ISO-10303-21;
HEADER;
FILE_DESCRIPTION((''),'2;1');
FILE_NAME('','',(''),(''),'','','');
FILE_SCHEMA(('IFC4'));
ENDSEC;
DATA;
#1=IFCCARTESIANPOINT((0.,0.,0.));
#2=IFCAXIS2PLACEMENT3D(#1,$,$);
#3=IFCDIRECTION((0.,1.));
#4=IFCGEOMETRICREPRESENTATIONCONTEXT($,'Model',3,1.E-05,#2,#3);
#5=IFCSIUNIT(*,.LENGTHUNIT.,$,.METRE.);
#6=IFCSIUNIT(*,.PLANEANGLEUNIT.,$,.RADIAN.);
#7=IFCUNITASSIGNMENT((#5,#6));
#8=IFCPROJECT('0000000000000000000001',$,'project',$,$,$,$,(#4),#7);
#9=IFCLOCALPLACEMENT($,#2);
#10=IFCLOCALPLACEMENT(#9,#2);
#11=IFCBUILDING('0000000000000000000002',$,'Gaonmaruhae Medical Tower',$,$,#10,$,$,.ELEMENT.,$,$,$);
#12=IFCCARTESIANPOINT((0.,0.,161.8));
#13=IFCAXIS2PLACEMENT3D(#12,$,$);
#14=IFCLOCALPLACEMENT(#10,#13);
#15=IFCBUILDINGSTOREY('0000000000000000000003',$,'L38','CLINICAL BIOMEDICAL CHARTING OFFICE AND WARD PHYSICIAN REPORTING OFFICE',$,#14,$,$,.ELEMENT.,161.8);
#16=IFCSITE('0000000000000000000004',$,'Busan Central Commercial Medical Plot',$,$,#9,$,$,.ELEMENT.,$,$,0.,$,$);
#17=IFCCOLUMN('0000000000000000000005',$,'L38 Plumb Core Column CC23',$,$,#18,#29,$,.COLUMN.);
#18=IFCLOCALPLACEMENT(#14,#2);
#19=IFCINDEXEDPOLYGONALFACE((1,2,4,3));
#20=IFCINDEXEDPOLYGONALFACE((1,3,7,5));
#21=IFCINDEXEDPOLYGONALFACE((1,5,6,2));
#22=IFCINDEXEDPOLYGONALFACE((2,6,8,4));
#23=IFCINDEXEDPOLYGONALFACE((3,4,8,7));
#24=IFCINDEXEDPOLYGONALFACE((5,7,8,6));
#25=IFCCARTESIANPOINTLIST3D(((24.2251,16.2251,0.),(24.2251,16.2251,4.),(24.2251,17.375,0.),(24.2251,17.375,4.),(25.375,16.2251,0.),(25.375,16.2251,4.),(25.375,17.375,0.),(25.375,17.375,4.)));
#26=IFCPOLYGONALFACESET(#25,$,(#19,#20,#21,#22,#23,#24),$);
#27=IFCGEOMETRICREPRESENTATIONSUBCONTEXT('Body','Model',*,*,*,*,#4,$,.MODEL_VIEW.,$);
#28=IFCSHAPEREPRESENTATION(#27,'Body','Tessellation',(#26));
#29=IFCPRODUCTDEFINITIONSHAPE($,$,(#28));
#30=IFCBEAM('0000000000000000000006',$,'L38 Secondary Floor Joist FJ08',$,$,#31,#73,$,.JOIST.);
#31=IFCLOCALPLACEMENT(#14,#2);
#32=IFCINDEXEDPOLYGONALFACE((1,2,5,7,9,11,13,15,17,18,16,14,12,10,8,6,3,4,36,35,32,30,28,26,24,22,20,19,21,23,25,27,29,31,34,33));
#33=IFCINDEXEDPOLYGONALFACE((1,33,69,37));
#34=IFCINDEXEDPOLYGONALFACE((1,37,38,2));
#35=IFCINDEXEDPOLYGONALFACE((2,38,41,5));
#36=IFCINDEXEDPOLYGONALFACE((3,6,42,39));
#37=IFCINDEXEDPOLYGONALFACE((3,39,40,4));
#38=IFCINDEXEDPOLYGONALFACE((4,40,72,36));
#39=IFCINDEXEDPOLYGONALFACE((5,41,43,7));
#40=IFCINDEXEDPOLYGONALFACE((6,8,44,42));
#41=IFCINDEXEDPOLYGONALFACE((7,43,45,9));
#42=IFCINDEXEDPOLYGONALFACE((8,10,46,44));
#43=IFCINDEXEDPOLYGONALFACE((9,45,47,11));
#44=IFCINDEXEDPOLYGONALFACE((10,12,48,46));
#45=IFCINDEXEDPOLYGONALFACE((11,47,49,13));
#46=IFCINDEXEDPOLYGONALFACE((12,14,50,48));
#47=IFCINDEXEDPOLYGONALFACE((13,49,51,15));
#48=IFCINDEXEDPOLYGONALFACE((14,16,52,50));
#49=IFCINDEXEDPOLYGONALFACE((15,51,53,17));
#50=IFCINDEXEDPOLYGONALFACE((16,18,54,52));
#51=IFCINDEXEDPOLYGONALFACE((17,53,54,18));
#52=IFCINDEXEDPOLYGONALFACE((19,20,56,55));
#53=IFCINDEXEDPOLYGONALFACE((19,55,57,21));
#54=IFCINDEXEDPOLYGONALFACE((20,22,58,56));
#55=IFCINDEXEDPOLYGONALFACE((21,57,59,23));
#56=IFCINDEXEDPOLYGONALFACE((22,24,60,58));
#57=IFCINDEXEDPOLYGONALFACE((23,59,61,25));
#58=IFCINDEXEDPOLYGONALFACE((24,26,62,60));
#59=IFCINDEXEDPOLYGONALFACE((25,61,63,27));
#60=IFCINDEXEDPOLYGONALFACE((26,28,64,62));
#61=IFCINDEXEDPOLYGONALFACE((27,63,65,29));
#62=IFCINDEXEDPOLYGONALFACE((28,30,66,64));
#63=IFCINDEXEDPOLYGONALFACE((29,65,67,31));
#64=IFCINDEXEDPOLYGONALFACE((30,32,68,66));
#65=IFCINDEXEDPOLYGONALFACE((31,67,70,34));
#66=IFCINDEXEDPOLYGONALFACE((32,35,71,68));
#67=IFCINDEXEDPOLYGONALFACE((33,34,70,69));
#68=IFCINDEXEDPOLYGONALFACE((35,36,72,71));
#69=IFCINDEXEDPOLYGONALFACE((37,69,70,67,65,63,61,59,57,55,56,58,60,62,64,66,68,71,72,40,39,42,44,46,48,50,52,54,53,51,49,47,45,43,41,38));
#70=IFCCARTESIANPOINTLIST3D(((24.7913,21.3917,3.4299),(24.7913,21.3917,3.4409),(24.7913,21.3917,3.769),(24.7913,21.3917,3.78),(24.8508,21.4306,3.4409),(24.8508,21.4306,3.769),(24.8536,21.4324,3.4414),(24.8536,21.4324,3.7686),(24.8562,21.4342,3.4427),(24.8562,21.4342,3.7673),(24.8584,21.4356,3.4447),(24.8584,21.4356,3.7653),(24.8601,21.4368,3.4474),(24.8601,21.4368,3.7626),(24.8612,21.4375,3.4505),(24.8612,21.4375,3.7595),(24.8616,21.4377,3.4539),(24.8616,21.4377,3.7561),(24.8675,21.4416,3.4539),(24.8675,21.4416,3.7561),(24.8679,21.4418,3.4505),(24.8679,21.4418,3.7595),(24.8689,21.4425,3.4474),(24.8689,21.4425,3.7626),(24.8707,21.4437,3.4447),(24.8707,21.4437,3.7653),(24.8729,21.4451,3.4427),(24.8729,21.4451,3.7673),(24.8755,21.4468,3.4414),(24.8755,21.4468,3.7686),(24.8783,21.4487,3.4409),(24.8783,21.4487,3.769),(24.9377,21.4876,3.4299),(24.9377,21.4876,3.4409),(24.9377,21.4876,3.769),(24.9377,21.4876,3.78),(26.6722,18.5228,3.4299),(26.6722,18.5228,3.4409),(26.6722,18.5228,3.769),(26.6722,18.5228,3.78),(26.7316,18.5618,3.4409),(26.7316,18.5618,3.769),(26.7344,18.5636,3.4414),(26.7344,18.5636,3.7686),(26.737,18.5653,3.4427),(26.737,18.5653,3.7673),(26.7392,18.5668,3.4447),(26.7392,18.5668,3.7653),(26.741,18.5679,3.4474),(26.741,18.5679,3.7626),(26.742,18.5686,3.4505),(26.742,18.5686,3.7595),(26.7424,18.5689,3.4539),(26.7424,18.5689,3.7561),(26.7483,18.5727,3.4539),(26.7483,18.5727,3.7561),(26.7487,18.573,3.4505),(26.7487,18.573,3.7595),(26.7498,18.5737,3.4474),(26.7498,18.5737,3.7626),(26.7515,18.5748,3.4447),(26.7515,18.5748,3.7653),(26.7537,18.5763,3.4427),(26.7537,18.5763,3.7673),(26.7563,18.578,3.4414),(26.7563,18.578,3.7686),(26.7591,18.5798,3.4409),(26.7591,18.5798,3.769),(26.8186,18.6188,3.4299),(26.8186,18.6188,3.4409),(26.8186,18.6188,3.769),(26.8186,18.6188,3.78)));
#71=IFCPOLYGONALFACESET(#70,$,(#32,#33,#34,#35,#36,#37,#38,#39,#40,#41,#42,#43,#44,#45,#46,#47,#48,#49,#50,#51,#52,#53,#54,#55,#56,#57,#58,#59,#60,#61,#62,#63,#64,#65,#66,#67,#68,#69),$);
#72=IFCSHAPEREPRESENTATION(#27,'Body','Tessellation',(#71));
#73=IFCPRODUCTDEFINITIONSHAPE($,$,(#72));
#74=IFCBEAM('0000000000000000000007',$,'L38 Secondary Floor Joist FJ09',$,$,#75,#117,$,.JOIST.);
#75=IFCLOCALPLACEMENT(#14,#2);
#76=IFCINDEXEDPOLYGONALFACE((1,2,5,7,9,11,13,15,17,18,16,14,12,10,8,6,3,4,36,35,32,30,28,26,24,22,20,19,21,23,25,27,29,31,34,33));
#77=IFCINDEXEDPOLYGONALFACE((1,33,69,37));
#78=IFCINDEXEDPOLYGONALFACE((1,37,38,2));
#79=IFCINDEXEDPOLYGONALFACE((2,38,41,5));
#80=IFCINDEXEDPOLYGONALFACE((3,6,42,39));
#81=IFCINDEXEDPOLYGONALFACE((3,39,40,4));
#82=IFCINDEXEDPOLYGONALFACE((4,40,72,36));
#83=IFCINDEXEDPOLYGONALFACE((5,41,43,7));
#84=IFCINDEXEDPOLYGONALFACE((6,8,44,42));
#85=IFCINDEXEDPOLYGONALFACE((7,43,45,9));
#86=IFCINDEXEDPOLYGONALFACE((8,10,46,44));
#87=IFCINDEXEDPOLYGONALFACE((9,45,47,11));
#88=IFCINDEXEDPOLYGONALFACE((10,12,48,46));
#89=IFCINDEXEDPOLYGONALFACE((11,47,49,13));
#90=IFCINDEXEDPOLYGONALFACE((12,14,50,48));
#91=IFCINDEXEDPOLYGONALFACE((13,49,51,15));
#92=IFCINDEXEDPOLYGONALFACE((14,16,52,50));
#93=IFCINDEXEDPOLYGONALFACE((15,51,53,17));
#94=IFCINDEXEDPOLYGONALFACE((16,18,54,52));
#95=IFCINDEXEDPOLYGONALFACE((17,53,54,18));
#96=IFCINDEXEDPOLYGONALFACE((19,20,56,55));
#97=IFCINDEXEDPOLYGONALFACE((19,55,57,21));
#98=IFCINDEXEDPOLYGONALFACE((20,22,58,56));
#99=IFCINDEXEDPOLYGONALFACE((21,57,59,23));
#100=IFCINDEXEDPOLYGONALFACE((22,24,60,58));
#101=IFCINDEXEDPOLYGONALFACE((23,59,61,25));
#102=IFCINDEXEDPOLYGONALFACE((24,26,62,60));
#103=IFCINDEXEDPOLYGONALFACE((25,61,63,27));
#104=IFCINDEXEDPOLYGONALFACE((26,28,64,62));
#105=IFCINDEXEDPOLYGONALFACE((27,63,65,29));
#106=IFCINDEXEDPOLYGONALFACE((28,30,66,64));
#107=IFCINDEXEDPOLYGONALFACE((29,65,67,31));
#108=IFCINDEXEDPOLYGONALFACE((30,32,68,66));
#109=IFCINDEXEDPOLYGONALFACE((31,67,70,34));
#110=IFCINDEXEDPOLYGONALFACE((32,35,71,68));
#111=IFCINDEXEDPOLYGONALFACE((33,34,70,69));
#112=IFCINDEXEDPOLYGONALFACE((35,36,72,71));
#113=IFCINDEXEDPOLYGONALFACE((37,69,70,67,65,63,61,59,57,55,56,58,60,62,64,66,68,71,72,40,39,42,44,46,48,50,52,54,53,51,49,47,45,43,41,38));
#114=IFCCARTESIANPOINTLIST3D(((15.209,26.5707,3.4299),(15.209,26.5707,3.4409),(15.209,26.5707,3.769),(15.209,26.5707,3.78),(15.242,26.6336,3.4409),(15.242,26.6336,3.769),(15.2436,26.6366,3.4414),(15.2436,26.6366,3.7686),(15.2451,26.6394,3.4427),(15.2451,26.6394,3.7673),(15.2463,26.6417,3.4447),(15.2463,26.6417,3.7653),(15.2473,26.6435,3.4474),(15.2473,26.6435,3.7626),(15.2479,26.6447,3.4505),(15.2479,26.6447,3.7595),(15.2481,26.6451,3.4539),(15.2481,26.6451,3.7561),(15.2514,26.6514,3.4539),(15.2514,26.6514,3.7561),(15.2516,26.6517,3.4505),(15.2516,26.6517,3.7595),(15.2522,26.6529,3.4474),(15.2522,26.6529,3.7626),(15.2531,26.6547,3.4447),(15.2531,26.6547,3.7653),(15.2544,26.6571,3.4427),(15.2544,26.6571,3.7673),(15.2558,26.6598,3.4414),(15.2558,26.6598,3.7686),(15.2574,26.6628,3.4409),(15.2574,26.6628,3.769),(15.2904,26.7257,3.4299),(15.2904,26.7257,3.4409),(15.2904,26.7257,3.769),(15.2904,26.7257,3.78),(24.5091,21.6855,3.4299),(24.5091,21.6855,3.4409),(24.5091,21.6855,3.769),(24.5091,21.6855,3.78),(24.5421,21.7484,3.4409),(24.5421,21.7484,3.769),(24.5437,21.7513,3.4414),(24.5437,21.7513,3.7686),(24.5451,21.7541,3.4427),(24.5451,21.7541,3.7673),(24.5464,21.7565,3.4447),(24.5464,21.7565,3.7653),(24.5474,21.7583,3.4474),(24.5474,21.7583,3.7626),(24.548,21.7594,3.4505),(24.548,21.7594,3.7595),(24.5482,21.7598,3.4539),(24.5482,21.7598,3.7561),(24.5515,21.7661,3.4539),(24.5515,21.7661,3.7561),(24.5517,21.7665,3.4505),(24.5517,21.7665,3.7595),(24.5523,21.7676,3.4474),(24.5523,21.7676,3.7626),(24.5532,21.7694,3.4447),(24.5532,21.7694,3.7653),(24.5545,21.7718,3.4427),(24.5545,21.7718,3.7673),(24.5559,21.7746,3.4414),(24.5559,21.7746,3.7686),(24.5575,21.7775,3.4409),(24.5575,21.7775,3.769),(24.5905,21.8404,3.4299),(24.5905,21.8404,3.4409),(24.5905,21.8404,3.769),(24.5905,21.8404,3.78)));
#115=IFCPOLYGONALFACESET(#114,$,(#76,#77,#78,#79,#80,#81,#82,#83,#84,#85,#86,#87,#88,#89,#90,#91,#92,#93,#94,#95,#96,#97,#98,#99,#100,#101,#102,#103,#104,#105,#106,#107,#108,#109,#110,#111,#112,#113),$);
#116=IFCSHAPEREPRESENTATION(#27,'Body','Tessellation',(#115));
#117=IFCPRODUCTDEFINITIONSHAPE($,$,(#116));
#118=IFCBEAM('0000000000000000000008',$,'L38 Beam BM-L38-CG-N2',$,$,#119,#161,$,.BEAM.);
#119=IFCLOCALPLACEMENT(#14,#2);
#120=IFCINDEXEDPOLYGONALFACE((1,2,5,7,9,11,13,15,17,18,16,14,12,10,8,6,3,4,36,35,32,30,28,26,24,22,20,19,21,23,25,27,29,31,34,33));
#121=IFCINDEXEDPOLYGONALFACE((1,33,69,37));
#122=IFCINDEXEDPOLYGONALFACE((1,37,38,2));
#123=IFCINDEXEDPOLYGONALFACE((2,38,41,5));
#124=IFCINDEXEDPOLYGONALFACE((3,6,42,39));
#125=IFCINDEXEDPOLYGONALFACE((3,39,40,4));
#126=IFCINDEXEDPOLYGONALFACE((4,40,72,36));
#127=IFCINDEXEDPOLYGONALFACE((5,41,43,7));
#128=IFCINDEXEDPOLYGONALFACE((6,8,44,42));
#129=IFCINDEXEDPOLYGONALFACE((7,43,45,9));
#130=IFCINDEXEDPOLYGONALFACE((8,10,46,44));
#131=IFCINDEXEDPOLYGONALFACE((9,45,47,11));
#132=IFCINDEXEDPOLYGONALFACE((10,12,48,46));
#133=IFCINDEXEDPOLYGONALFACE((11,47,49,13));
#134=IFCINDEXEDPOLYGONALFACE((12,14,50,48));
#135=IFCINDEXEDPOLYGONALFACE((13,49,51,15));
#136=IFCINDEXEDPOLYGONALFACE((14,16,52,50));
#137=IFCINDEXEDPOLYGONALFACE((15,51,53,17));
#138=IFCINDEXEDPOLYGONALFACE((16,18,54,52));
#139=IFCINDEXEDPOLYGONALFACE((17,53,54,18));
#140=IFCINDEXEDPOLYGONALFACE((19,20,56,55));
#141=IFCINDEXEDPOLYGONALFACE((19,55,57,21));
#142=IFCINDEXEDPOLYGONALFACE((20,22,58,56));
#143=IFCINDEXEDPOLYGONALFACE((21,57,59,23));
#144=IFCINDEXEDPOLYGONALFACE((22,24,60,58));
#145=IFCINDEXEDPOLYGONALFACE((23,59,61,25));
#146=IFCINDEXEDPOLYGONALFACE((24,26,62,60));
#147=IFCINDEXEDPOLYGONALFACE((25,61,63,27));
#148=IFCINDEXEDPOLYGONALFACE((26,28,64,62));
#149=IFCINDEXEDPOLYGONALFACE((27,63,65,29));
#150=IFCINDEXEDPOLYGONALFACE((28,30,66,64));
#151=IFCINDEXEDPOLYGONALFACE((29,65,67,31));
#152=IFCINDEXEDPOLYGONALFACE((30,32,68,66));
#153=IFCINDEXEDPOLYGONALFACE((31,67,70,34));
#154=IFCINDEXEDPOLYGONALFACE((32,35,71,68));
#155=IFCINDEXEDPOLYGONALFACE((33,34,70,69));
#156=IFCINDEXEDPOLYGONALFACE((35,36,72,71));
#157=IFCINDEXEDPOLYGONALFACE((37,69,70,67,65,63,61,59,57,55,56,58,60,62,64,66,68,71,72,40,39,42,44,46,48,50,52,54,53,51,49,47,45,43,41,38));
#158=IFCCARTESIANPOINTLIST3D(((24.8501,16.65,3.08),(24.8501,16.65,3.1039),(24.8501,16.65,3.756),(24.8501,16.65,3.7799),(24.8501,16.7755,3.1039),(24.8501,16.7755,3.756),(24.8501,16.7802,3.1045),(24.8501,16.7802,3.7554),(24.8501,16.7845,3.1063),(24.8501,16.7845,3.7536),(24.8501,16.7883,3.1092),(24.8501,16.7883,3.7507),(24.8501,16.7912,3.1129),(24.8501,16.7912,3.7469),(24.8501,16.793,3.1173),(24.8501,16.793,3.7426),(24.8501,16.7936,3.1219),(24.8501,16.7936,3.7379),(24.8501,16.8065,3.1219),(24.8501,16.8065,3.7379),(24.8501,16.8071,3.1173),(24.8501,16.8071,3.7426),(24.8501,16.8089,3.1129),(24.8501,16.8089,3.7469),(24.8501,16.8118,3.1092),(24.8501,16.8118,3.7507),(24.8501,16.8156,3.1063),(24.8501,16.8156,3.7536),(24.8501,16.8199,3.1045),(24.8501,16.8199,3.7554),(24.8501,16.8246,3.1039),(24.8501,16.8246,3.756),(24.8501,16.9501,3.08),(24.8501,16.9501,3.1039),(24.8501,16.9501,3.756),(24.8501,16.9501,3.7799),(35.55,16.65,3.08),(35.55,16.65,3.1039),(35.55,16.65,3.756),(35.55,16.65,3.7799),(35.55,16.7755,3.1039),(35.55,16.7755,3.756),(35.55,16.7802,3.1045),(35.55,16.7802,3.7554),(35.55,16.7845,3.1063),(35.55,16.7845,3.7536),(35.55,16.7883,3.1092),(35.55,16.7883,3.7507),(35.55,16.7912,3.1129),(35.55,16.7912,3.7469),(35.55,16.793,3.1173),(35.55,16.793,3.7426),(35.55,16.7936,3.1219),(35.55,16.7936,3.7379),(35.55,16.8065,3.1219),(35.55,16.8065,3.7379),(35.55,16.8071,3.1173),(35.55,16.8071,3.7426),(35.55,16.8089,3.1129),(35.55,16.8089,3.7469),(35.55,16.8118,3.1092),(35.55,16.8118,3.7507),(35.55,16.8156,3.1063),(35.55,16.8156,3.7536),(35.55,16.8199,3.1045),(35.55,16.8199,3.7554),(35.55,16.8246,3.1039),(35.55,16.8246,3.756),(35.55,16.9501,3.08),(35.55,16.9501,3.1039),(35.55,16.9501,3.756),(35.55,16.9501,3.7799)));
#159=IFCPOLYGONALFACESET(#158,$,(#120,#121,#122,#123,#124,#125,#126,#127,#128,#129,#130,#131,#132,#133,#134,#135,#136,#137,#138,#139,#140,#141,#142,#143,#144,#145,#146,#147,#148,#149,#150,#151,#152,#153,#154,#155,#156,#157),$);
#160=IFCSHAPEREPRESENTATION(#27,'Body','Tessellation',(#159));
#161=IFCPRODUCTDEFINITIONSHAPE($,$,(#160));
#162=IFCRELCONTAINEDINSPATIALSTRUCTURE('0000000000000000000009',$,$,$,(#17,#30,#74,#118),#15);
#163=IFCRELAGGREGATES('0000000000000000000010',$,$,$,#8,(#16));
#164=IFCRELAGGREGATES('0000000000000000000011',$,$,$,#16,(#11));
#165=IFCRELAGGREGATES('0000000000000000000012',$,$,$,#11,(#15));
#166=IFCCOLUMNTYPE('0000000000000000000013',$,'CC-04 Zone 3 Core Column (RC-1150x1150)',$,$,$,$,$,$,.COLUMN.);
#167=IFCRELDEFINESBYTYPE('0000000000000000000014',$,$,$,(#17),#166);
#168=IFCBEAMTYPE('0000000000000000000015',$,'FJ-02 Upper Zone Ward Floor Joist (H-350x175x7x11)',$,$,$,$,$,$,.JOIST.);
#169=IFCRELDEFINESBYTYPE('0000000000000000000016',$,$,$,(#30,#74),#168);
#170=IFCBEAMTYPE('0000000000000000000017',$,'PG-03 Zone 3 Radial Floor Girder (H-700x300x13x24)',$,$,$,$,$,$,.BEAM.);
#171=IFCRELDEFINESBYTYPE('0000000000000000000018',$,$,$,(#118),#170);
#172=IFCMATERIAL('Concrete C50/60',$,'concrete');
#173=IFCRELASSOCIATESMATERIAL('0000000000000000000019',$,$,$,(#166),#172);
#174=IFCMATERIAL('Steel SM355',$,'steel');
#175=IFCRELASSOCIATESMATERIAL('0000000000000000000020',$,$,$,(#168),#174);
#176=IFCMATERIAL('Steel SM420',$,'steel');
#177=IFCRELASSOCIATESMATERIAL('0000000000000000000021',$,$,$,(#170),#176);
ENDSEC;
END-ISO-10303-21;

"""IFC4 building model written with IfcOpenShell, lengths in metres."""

from ifc_helpers import new_model, si_unit, direction, frame, origin, origin_2d, place, context, subcontext, project, spatial, rectangle, i_section, extrude, material, material_profile, profile_set, type_object, element, save


model = new_model("IFC4")

# Units and contexts
model_context = context("Model", 3, precision=1e-05, world=origin(), true_north=direction((0.0, 1.0)))
body_context = subcontext(model_context, "Body", "Model", "MODEL_VIEW")
ifc_project = project(units=[si_unit("LENGTHUNIT", "METRE"), si_unit("PLANEANGLEUNIT", "RADIAN")], contexts=[model_context])

# Site, building, storey
site_placement = place(None, origin())
site = spatial("IfcSite", under=ifc_project, at=site_placement, Name="Busan Central Commercial Medical Plot", CompositionType="ELEMENT", RefElevation=0.0)
building_placement = place(site_placement, origin())
building = spatial("IfcBuilding", under=site, at=building_placement, Name="Gaonmaruhae Medical Tower", CompositionType="ELEMENT")
storey_placement = place(building_placement, frame((0.0, 0.0, 161.8)))
storey = spatial("IfcBuildingStorey", under=building, at=storey_placement, Name="L38", Description="CLINICAL BIOMEDICAL CHARTING OFFICE AND WARD PHYSICIAN REPORTING OFFICE", CompositionType="ELEMENT", Elevation=161.8)

# Column
ifc_material_1 = material(Name="Concrete C50/60", Category="concrete")
ifc_material_profile_1 = material_profile(ifc_material_1, rectangle(XDim=1.1499, YDim=1.1499, at=origin_2d()), Name="RC-1150x1150")
ifc_profile_set_1 = profile_set([ifc_material_profile_1], Name="Concrete C50/60")
column_type = type_object("IfcColumnType", Name="CC-04 Zone 3 Core Column (RC-1150x1150)", PredefinedType="COLUMN", material=ifc_profile_set_1)
column_placement = place(storey_placement, frame((24.8, 16.8, 0.0), z_axis=(0.0, 0.0, 1.0), x_axis=(1.0, 0.0, 0.0)))
element("IfcColumn", 1, at=column_placement, inside=storey, type_object=column_type, Name="L38 Plumb Core Column CC23", PredefinedType="COLUMN", context=body_context, shape_type="SweptSolid", body=[
    extrude(rectangle(XDim=1.1499, YDim=1.1499, at=origin_2d()), origin(), (0.0, 0.0, 1.0), 4.0),
])

# Beams
ifc_material_2 = material(Name="Steel SM355", Category="steel")
ifc_material_profile_2 = material_profile(ifc_material_2, i_section(OverallWidth=0.175, OverallDepth=0.3501, WebThickness=0.0071, FlangeThickness=0.011, FilletRadius=0.0129, at=origin_2d()), Name="H-350x175x7x11")
ifc_profile_set_2 = profile_set([ifc_material_profile_2], Name="Steel SM355")
beam_type_1 = type_object("IfcBeamType", Name="FJ-02 Upper Zone Ward Floor Joist (H-350x175x7x11)", PredefinedType="JOIST", material=ifc_profile_set_2)
beam_1_placement = place(storey_placement, frame((26.7454, 18.5708, 3.605), z_axis=(-0.548279, 0.836296, 0.0), x_axis=(-0.836296, -0.548279, 0.0)))
element("IfcBeam", 2, at=beam_1_placement, inside=storey, type_object=beam_type_1, Name="L38 Secondary Floor Joist FJ08", PredefinedType="JOIST", context=body_context, shape_type="SweptSolid", body=[
    extrude(i_section(OverallWidth=0.175, OverallDepth=0.3501, WebThickness=0.0071, FlangeThickness=0.011, FilletRadius=0.0129, at=origin_2d()), origin(), (0.0, 0.0, 1.0), 3.4304),
])
beam_2_placement = place(storey_placement, frame((24.5498, 21.7629, 3.605), z_axis=(-0.885291, 0.465037, 0.0), x_axis=(-0.465037, -0.885291, 0.0)))
element("IfcBeam", 3, at=beam_2_placement, inside=storey, type_object=beam_type_1, Name="L38 Secondary Floor Joist FJ09", PredefinedType="JOIST", context=body_context, shape_type="SweptSolid", body=[
    extrude(i_section(OverallWidth=0.175, OverallDepth=0.3501, WebThickness=0.0071, FlangeThickness=0.011, FilletRadius=0.0129, at=origin_2d()), origin(), (0.0, 0.0, 1.0), 10.5051),
])
ifc_material_3 = material(Name="Steel SM420", Category="steel")
ifc_material_profile_3 = material_profile(ifc_material_3, i_section(OverallWidth=0.3, OverallDepth=0.7, WebThickness=0.0129, FlangeThickness=0.0239, FilletRadius=0.0181, at=origin_2d()), Name="H-700x300x13x24")
ifc_profile_set_3 = profile_set([ifc_material_profile_3], Name="Steel SM420")
beam_type_2 = type_object("IfcBeamType", Name="PG-03 Zone 3 Radial Floor Girder (H-700x300x13x24)", PredefinedType="BEAM", material=ifc_profile_set_3)
beam_3_placement = place(storey_placement, frame((24.8501, 16.8, 3.4299), z_axis=(1.0, 0.0, 0.0), x_axis=(0.0, 1.0, 0.0)))
element("IfcBeam", 4, at=beam_3_placement, inside=storey, type_object=beam_type_2, Name="L38 Beam BM-L38-CG-N2", PredefinedType="BEAM", context=body_context, shape_type="SweptSolid", body=[
    extrude(i_section(OverallWidth=0.3, OverallDepth=0.7, WebThickness=0.0129, FlangeThickness=0.0239, FilletRadius=0.0181, at=origin_2d()), origin(), (0.0, 0.0, 1.0), 10.7),
])

save(model, "model.ifc")
